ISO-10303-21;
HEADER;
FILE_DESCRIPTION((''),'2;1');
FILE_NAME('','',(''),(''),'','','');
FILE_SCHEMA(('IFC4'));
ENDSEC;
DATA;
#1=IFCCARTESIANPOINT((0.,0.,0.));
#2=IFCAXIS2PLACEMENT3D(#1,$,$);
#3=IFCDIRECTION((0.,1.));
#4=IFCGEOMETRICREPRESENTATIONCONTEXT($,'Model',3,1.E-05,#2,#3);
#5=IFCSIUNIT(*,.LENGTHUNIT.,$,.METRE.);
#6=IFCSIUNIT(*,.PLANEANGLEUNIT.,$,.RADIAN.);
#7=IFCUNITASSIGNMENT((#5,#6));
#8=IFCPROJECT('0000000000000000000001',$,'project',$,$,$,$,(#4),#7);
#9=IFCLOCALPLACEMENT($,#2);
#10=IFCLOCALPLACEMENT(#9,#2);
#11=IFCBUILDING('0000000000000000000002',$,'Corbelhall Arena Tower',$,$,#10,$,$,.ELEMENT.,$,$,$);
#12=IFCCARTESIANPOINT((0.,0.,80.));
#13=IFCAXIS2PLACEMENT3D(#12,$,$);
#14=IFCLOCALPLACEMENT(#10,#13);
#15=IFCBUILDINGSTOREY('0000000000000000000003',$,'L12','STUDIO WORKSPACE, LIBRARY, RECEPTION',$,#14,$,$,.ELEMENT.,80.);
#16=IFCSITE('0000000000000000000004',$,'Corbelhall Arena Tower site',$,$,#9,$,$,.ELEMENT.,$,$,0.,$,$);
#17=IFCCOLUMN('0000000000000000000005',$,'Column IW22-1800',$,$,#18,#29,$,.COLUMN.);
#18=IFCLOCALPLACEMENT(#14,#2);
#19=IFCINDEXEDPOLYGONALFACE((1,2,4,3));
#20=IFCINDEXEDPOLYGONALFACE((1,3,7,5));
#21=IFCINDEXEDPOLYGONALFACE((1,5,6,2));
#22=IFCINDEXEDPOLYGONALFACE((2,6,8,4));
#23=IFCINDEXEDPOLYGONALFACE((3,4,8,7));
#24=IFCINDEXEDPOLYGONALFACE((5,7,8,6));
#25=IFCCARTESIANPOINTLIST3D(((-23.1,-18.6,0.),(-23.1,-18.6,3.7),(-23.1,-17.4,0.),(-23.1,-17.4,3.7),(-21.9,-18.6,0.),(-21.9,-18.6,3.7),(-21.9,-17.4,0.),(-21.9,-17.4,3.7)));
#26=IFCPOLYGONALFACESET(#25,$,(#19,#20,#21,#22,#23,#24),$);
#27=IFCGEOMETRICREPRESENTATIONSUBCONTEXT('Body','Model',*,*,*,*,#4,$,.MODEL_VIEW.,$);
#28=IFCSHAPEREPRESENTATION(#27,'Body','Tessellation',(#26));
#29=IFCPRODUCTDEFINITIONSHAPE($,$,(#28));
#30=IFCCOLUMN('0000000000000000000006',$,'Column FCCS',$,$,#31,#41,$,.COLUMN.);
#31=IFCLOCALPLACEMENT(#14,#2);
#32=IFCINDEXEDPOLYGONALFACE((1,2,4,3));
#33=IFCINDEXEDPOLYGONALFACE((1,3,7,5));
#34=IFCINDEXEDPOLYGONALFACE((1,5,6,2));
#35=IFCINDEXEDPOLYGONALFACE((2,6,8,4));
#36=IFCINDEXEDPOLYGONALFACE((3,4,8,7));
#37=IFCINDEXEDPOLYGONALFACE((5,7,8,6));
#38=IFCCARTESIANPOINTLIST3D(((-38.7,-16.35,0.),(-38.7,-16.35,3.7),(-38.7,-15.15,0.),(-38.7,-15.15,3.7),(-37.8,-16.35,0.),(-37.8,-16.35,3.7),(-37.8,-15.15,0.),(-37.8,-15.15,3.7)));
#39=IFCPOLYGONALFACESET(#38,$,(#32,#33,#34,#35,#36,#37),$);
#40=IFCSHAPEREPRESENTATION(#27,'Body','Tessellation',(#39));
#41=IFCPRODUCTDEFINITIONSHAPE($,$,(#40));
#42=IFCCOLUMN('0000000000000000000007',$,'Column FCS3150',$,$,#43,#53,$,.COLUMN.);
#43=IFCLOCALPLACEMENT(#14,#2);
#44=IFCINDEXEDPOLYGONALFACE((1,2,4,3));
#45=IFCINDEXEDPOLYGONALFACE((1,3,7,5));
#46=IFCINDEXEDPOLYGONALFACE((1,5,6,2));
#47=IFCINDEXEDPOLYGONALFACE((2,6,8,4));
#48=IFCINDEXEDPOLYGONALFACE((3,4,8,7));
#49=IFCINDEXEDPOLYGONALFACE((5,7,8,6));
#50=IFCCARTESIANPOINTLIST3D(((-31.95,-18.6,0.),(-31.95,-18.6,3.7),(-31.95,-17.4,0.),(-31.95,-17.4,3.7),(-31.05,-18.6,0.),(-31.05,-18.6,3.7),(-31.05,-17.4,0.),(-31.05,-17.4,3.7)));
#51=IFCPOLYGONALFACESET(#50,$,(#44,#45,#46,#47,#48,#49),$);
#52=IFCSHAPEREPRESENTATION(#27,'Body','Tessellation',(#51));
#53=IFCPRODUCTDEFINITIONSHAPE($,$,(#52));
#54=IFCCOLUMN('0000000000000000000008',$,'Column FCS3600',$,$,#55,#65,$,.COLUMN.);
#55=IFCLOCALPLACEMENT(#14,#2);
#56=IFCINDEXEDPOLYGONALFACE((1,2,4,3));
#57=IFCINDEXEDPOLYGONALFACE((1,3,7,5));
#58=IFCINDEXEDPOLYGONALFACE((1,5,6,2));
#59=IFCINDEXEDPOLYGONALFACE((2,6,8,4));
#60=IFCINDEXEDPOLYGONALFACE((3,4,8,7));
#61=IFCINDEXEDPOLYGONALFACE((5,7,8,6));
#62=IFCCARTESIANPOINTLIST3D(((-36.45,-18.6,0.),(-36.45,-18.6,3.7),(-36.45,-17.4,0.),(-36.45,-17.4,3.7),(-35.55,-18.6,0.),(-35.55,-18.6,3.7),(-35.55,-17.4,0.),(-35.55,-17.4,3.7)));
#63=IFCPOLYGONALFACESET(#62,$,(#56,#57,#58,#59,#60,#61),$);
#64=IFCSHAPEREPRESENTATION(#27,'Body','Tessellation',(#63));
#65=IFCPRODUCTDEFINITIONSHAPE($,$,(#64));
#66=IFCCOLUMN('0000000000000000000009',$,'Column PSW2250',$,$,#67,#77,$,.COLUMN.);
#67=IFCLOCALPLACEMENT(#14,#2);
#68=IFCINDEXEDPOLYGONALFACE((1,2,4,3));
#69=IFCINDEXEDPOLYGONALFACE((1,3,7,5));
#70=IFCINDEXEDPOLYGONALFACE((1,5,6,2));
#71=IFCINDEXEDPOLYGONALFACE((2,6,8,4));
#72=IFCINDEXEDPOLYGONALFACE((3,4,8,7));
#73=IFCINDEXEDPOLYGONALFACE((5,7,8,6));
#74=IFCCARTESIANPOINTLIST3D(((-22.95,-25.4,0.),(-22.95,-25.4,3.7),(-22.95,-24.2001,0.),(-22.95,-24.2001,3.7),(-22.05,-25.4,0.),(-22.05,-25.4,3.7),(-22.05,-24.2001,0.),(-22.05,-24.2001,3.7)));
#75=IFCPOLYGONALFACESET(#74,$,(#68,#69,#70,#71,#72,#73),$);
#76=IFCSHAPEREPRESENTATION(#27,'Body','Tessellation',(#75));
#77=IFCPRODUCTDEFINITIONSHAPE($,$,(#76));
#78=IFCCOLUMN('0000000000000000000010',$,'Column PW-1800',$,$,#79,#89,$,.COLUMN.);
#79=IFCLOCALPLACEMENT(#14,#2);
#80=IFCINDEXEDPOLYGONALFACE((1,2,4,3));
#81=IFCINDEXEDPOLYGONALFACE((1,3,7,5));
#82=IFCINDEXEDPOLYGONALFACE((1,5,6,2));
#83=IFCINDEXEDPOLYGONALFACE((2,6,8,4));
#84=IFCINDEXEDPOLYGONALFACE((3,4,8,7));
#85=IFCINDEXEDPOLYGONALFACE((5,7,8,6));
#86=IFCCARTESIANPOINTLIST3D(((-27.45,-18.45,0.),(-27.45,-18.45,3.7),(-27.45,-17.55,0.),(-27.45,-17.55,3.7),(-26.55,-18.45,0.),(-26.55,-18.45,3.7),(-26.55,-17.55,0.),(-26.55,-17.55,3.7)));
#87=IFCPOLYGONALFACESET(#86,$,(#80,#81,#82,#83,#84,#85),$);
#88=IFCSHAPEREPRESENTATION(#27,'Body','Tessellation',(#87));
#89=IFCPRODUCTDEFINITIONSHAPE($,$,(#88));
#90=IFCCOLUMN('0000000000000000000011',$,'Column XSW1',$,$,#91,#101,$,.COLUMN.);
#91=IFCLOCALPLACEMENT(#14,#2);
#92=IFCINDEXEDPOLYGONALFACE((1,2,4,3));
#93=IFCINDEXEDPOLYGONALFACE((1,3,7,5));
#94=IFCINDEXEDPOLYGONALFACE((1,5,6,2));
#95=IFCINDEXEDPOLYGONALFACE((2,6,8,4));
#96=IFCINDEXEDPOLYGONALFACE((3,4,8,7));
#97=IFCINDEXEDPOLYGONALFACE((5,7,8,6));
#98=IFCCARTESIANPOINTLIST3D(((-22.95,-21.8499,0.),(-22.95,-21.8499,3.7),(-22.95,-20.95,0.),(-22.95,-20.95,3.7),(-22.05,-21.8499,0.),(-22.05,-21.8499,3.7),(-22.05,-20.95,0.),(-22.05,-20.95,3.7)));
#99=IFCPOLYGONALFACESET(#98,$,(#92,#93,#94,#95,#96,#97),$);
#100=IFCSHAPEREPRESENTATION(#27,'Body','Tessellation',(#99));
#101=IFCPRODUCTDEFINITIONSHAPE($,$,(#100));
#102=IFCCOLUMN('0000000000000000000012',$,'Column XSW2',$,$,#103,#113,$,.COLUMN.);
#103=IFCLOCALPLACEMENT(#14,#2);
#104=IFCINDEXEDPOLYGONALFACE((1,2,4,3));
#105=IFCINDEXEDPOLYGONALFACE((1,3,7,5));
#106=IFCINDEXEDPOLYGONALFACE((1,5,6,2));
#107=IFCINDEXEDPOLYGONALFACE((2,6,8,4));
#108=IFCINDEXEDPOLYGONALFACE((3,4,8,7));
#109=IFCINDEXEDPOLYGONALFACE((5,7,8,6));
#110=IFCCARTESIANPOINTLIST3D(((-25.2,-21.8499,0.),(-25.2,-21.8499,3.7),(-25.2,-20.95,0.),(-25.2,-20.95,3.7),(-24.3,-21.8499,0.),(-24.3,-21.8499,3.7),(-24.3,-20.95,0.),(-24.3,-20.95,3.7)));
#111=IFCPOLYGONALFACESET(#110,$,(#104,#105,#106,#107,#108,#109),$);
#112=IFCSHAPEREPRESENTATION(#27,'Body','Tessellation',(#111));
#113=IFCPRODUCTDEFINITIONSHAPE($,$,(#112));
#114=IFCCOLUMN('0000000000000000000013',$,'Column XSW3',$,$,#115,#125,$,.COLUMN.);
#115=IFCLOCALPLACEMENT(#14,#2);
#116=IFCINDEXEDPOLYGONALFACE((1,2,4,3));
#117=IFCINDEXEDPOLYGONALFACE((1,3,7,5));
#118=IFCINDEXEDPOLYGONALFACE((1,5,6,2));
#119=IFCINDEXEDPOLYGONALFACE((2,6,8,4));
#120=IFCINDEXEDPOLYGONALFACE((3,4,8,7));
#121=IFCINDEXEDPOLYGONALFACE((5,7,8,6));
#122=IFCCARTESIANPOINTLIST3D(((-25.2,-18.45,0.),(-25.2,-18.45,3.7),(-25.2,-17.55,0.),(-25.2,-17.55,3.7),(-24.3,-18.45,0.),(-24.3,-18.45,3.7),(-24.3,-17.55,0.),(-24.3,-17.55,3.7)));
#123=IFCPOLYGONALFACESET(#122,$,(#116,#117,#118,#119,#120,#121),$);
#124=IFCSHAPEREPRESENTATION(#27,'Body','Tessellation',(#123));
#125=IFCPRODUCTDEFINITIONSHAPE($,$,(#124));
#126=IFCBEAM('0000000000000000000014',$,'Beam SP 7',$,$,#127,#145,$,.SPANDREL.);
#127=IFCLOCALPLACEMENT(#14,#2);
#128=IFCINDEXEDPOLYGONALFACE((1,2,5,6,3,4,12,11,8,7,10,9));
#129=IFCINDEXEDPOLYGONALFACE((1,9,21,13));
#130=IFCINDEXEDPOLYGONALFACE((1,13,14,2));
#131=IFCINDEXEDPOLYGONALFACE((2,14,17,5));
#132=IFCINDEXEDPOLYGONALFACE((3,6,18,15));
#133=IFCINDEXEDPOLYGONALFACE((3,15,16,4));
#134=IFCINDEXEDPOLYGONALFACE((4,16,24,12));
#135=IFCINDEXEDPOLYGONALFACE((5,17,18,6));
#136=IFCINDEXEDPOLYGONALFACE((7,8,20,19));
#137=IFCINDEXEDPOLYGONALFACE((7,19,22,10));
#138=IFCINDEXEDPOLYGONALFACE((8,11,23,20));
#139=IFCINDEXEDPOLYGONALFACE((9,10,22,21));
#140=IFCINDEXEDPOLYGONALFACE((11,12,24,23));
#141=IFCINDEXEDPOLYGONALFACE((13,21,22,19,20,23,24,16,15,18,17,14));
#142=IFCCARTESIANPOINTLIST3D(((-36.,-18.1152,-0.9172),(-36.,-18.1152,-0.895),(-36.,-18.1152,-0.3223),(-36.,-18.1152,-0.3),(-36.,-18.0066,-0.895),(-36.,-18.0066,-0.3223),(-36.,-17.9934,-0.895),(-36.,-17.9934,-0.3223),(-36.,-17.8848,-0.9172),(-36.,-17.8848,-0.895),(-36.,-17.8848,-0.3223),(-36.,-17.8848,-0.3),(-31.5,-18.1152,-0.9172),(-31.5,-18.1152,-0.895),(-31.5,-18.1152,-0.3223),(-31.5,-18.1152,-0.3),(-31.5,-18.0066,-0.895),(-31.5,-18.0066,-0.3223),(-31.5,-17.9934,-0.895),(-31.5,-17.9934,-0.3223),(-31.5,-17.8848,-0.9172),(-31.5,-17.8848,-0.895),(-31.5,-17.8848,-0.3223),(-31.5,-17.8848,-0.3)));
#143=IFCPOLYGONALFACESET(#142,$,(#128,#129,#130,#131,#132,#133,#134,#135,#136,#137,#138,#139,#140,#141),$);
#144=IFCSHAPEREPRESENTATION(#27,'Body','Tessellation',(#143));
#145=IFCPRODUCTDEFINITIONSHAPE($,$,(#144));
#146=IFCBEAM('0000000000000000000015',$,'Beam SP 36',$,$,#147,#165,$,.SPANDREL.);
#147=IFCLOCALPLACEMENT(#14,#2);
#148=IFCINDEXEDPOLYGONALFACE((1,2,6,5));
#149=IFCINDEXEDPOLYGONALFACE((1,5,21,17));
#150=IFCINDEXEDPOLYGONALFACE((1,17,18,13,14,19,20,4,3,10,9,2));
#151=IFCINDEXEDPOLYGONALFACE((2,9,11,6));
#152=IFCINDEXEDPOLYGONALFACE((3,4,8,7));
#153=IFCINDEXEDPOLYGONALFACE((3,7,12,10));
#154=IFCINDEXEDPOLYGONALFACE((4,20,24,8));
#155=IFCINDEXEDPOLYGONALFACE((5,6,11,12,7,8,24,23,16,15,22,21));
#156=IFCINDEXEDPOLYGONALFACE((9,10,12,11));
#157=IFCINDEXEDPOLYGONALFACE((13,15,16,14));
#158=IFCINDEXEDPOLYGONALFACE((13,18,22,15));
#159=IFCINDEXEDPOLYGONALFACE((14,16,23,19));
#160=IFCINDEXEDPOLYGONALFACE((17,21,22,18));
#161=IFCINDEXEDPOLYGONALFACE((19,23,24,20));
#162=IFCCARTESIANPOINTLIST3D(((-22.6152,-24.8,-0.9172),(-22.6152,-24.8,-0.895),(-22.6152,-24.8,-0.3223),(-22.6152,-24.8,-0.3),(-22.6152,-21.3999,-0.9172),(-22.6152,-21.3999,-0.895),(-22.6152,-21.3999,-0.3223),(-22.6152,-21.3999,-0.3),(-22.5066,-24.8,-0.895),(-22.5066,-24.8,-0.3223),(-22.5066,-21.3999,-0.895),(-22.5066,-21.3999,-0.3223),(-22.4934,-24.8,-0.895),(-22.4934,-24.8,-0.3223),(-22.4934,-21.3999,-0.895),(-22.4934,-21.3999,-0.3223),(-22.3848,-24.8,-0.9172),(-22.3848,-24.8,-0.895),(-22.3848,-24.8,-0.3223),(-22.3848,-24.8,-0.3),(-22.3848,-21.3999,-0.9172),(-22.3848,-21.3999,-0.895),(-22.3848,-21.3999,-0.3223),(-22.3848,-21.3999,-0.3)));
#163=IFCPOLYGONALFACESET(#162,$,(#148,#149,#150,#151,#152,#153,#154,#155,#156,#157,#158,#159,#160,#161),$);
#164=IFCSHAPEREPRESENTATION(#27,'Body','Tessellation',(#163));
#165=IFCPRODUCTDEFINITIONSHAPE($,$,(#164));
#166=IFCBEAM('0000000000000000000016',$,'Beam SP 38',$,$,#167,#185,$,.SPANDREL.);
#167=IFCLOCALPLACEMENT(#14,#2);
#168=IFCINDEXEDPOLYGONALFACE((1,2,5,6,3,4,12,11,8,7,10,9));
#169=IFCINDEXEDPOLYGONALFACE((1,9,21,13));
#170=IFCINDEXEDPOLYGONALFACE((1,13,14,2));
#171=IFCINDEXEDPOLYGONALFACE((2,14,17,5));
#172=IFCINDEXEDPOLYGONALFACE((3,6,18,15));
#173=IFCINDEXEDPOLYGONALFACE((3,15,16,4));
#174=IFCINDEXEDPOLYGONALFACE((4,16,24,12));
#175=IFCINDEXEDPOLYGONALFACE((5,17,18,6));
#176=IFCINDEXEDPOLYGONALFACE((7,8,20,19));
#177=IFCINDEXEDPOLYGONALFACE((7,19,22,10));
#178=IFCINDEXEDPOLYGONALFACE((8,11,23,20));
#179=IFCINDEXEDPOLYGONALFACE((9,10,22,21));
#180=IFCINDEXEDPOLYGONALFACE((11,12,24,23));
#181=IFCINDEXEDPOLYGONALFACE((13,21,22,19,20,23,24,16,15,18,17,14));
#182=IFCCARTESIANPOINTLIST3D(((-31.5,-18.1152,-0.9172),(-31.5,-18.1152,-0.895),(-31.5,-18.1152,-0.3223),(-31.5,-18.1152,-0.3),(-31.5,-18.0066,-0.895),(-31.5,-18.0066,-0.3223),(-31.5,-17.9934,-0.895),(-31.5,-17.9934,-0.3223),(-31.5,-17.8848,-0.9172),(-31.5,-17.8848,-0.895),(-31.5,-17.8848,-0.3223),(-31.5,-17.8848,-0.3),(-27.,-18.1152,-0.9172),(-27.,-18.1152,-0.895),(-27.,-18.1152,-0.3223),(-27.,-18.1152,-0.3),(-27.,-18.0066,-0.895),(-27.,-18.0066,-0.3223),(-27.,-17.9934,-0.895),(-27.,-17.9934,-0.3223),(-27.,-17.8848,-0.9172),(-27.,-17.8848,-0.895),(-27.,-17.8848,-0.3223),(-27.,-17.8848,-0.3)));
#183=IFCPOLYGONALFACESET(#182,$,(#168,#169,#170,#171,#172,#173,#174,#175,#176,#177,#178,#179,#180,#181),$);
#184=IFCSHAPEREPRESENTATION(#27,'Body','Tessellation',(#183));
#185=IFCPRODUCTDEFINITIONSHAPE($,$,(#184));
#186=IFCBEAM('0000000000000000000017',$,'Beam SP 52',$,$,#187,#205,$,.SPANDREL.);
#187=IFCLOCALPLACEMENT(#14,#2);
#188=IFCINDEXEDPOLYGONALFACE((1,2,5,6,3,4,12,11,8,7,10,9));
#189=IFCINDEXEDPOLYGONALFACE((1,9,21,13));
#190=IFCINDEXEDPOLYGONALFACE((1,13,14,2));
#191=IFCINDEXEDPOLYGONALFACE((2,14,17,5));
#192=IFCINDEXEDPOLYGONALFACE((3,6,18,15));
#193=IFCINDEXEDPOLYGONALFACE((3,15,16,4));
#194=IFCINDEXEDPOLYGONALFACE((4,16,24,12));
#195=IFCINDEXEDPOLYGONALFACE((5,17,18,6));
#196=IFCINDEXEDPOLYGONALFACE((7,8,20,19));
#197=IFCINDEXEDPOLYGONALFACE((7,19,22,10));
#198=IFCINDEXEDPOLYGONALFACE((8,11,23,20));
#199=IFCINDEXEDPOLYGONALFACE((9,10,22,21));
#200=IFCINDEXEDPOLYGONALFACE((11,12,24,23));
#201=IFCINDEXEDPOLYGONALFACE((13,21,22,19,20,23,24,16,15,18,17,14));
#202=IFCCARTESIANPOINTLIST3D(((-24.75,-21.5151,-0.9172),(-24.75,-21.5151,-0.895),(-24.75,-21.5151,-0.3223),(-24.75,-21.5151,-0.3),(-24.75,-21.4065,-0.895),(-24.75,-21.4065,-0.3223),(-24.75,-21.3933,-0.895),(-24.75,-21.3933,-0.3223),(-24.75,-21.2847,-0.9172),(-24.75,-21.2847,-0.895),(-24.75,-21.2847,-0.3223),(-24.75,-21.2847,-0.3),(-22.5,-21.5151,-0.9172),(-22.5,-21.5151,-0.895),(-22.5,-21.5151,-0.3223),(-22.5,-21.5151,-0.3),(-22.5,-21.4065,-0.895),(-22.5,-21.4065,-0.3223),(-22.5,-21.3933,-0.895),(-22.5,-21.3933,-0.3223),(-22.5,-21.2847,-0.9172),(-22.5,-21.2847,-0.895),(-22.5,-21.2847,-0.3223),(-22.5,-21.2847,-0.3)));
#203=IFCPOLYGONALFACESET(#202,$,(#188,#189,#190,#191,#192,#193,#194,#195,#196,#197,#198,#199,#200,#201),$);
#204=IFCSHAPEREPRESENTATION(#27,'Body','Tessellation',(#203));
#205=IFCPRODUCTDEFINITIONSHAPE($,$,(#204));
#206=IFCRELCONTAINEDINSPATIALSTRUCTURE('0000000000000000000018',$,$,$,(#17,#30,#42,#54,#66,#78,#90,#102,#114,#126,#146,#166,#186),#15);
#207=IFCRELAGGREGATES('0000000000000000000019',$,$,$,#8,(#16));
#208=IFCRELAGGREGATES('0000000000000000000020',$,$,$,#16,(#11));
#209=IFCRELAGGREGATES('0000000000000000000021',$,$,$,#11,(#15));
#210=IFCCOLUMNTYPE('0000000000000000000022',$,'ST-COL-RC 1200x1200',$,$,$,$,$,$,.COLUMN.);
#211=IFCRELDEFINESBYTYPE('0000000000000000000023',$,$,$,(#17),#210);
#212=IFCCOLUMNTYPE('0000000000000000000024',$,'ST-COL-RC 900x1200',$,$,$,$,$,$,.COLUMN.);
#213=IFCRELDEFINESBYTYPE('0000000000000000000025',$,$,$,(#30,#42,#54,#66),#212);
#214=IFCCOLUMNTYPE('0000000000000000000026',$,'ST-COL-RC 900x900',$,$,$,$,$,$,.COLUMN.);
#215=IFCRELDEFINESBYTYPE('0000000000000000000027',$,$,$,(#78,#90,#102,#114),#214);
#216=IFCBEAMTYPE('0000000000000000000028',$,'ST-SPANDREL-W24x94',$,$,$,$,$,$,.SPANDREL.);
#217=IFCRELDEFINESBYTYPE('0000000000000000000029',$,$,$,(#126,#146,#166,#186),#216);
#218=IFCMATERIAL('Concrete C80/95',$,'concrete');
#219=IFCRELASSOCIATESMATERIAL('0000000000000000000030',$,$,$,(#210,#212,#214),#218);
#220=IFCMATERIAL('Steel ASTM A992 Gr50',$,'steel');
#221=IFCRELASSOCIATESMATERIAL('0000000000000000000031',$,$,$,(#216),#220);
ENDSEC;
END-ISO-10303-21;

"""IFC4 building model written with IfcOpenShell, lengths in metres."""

from ifc_helpers import new_model, si_unit, direction, frame, origin, origin_2d, place, context, subcontext, project, spatial, rectangle, i_section, extrude, material, material_profile, profile_set, type_object, element, save


model = new_model("IFC4")

# Units and contexts
model_context = context("Model", 3, precision=1e-05, world=origin(), true_north=direction((0.0, 1.0)))
body_context = subcontext(model_context, "Body", "Model", "MODEL_VIEW")
ifc_project = project(units=[si_unit("LENGTHUNIT", "METRE"), si_unit("PLANEANGLEUNIT", "RADIAN")], contexts=[model_context])

# Site, building, storey
site_placement = place(None, origin())
site = spatial("IfcSite", under=ifc_project, at=site_placement, Name="Corbelhall Arena Tower site", CompositionType="ELEMENT", RefElevation=0.0)
building_placement = place(site_placement, origin())
building = spatial("IfcBuilding", under=site, at=building_placement, Name="Corbelhall Arena Tower", CompositionType="ELEMENT")
storey_placement = place(building_placement, frame((0.0, 0.0, 80.0)))
storey = spatial("IfcBuildingStorey", under=building, at=storey_placement, Name="L12", Description="STUDIO WORKSPACE, LIBRARY, RECEPTION", CompositionType="ELEMENT", Elevation=80.0)

# Columns
ifc_material_1 = material(Name="Concrete C80/95", Category="concrete")
ifc_material_profile_1 = material_profile(ifc_material_1, rectangle(XDim=1.2, YDim=1.2, at=origin_2d()))
ifc_profile_set_1 = profile_set([ifc_material_profile_1], Name="Concrete C80/95")
column_type_1 = type_object("IfcColumnType", Name="ST-COL-RC 1200x1200", PredefinedType="COLUMN", material=ifc_profile_set_1)
column_placement = place(storey_placement, frame((-22.5, -18.0, 0.0), z_axis=(0.0, 0.0, 1.0), x_axis=(1.0, 0.0, 0.0)))
element("IfcColumn", 1, at=column_placement, inside=storey, type_object=column_type_1, Name="Column IW22-1800", PredefinedType="COLUMN", context=body_context, shape_type="SweptSolid", body=[
    extrude(rectangle(XDim=1.2, YDim=1.2, at=origin_2d()), origin(), (0.0, 0.0, 1.0), 3.7),
])
ifc_material_profile_2 = material_profile(ifc_material_1, rectangle(XDim=0.8999, YDim=1.2, at=origin_2d()))
ifc_profile_set_2 = profile_set([ifc_material_profile_2], Name="Concrete C80/95")
column_type_2 = type_object("IfcColumnType", Name="ST-COL-RC 900x1200", PredefinedType="COLUMN", material=ifc_profile_set_2)
for number, where, z_axis, x_axis, name in (
    (2, (-38.25, -15.75, 0.0), (0.0, 0.0, 1.0), (1.0, 0.0, 0.0), "Column FCCS"),
    (3, (-31.5, -18.0, 0.0), (0.0, 0.0, 1.0), (1.0, 0.0, 0.0), "Column FCS3150"),
    (4, (-36.0, -18.0, 0.0), (0.0, 0.0, 1.0), (1.0, 0.0, 0.0), "Column FCS3600"),
    (5, (-22.5, -24.8, 0.0), (0.0, 0.0, 1.0), (1.0, 0.0, 0.0), "Column PSW2250"),
):
    element("IfcColumn", number, at=place(storey_placement, frame(where, z_axis=z_axis, x_axis=x_axis)), inside=storey, type_object=column_type_2, Name=name, PredefinedType="COLUMN", context=body_context, shape_type="SweptSolid", body=[
        extrude(rectangle(XDim=0.8999, YDim=1.2, at=origin_2d()), origin(), (0.0, 0.0, 1.0), 3.7),
    ])
ifc_material_profile_3 = material_profile(ifc_material_1, rectangle(XDim=0.8999, YDim=0.8999, at=origin_2d()))
ifc_profile_set_3 = profile_set([ifc_material_profile_3], Name="Concrete C80/95")
column_type_3 = type_object("IfcColumnType", Name="ST-COL-RC 900x900", PredefinedType="COLUMN", material=ifc_profile_set_3)
for number, where, z_axis, x_axis, name in (
    (6, (-27.0, -18.0, 0.0), (0.0, 0.0, 1.0), (1.0, 0.0, 0.0), "Column PW-1800"),
    (7, (-22.5, -21.3999, 0.0), (0.0, 0.0, 1.0), (1.0, 0.0, 0.0), "Column XSW1"),
    (8, (-24.75, -21.3999, 0.0), (0.0, 0.0, 1.0), (1.0, 0.0, 0.0), "Column XSW2"),
    (9, (-24.75, -18.0, 0.0), (0.0, 0.0, 1.0), (1.0, 0.0, 0.0), "Column XSW3"),
):
    element("IfcColumn", number, at=place(storey_placement, frame(where, z_axis=z_axis, x_axis=x_axis)), inside=storey, type_object=column_type_3, Name=name, PredefinedType="COLUMN", context=body_context, shape_type="SweptSolid", body=[
        extrude(rectangle(XDim=0.8999, YDim=0.8999, at=origin_2d()), origin(), (0.0, 0.0, 1.0), 3.7),
    ])

# Beams
ifc_material_2 = material(Name="Steel ASTM A992 Gr50", Category="steel")
ifc_material_profile_4 = material_profile(ifc_material_2, i_section(OverallWidth=0.2305, OverallDepth=0.6172, WebThickness=0.0132, FlangeThickness=0.0222, at=origin_2d()))
ifc_profile_set_4 = profile_set([ifc_material_profile_4], Name="Steel ASTM A992 Gr50")
beam_type = type_object("IfcBeamType", Name="ST-SPANDREL-W24x94", PredefinedType="SPANDREL", material=ifc_profile_set_4)
beam_1_placement = place(storey_placement, frame((-31.5, -18.0, -0.6086), z_axis=(-1.0, 0.0, 0.0), x_axis=(0.0, -1.0, 0.0)))
element("IfcBeam", 10, at=beam_1_placement, inside=storey, type_object=beam_type, Name="Beam SP 7", PredefinedType="SPANDREL", context=body_context, shape_type="SweptSolid", body=[
    extrude(i_section(OverallWidth=0.2305, OverallDepth=0.6172, WebThickness=0.0132, FlangeThickness=0.0222, at=origin_2d()), origin(), (0.0, 0.0, 1.0), 4.5),
])
beam_2_placement = place(storey_placement, frame((-22.5, -24.8, -0.6086), z_axis=(0.0, 1.0, 0.0), x_axis=(-1.0, 0.0, 0.0)))
element("IfcBeam", 11, at=beam_2_placement, inside=storey, type_object=beam_type, Name="Beam SP 36", PredefinedType="SPANDREL", context=body_context, shape_type="SweptSolid", body=[
    extrude(i_section(OverallWidth=0.2305, OverallDepth=0.6172, WebThickness=0.0132, FlangeThickness=0.0222, at=origin_2d()), origin(), (0.0, 0.0, 1.0), 3.4001),
])
beam_3_placement = place(storey_placement, frame((-27.0, -18.0, -0.6086), z_axis=(-1.0, 0.0, 0.0), x_axis=(0.0, -1.0, 0.0)))
element("IfcBeam", 12, at=beam_3_placement, inside=storey, type_object=beam_type, Name="Beam SP 38", PredefinedType="SPANDREL", context=body_context, shape_type="SweptSolid", body=[
    extrude(i_section(OverallWidth=0.2305, OverallDepth=0.6172, WebThickness=0.0132, FlangeThickness=0.0222, at=origin_2d()), origin(), (0.0, 0.0, 1.0), 4.5),
])
beam_4_placement = place(storey_placement, frame((-22.5, -21.3999, -0.6086), z_axis=(-1.0, 0.0, 0.0), x_axis=(0.0, -1.0, 0.0)))
element("IfcBeam", 13, at=beam_4_placement, inside=storey, type_object=beam_type, Name="Beam SP 52", PredefinedType="SPANDREL", context=body_context, shape_type="SweptSolid", body=[
    extrude(i_section(OverallWidth=0.2305, OverallDepth=0.6172, WebThickness=0.0132, FlangeThickness=0.0222, at=origin_2d()), origin(), (0.0, 0.0, 1.0), 2.25),
])

save(model, "model.ifc")
